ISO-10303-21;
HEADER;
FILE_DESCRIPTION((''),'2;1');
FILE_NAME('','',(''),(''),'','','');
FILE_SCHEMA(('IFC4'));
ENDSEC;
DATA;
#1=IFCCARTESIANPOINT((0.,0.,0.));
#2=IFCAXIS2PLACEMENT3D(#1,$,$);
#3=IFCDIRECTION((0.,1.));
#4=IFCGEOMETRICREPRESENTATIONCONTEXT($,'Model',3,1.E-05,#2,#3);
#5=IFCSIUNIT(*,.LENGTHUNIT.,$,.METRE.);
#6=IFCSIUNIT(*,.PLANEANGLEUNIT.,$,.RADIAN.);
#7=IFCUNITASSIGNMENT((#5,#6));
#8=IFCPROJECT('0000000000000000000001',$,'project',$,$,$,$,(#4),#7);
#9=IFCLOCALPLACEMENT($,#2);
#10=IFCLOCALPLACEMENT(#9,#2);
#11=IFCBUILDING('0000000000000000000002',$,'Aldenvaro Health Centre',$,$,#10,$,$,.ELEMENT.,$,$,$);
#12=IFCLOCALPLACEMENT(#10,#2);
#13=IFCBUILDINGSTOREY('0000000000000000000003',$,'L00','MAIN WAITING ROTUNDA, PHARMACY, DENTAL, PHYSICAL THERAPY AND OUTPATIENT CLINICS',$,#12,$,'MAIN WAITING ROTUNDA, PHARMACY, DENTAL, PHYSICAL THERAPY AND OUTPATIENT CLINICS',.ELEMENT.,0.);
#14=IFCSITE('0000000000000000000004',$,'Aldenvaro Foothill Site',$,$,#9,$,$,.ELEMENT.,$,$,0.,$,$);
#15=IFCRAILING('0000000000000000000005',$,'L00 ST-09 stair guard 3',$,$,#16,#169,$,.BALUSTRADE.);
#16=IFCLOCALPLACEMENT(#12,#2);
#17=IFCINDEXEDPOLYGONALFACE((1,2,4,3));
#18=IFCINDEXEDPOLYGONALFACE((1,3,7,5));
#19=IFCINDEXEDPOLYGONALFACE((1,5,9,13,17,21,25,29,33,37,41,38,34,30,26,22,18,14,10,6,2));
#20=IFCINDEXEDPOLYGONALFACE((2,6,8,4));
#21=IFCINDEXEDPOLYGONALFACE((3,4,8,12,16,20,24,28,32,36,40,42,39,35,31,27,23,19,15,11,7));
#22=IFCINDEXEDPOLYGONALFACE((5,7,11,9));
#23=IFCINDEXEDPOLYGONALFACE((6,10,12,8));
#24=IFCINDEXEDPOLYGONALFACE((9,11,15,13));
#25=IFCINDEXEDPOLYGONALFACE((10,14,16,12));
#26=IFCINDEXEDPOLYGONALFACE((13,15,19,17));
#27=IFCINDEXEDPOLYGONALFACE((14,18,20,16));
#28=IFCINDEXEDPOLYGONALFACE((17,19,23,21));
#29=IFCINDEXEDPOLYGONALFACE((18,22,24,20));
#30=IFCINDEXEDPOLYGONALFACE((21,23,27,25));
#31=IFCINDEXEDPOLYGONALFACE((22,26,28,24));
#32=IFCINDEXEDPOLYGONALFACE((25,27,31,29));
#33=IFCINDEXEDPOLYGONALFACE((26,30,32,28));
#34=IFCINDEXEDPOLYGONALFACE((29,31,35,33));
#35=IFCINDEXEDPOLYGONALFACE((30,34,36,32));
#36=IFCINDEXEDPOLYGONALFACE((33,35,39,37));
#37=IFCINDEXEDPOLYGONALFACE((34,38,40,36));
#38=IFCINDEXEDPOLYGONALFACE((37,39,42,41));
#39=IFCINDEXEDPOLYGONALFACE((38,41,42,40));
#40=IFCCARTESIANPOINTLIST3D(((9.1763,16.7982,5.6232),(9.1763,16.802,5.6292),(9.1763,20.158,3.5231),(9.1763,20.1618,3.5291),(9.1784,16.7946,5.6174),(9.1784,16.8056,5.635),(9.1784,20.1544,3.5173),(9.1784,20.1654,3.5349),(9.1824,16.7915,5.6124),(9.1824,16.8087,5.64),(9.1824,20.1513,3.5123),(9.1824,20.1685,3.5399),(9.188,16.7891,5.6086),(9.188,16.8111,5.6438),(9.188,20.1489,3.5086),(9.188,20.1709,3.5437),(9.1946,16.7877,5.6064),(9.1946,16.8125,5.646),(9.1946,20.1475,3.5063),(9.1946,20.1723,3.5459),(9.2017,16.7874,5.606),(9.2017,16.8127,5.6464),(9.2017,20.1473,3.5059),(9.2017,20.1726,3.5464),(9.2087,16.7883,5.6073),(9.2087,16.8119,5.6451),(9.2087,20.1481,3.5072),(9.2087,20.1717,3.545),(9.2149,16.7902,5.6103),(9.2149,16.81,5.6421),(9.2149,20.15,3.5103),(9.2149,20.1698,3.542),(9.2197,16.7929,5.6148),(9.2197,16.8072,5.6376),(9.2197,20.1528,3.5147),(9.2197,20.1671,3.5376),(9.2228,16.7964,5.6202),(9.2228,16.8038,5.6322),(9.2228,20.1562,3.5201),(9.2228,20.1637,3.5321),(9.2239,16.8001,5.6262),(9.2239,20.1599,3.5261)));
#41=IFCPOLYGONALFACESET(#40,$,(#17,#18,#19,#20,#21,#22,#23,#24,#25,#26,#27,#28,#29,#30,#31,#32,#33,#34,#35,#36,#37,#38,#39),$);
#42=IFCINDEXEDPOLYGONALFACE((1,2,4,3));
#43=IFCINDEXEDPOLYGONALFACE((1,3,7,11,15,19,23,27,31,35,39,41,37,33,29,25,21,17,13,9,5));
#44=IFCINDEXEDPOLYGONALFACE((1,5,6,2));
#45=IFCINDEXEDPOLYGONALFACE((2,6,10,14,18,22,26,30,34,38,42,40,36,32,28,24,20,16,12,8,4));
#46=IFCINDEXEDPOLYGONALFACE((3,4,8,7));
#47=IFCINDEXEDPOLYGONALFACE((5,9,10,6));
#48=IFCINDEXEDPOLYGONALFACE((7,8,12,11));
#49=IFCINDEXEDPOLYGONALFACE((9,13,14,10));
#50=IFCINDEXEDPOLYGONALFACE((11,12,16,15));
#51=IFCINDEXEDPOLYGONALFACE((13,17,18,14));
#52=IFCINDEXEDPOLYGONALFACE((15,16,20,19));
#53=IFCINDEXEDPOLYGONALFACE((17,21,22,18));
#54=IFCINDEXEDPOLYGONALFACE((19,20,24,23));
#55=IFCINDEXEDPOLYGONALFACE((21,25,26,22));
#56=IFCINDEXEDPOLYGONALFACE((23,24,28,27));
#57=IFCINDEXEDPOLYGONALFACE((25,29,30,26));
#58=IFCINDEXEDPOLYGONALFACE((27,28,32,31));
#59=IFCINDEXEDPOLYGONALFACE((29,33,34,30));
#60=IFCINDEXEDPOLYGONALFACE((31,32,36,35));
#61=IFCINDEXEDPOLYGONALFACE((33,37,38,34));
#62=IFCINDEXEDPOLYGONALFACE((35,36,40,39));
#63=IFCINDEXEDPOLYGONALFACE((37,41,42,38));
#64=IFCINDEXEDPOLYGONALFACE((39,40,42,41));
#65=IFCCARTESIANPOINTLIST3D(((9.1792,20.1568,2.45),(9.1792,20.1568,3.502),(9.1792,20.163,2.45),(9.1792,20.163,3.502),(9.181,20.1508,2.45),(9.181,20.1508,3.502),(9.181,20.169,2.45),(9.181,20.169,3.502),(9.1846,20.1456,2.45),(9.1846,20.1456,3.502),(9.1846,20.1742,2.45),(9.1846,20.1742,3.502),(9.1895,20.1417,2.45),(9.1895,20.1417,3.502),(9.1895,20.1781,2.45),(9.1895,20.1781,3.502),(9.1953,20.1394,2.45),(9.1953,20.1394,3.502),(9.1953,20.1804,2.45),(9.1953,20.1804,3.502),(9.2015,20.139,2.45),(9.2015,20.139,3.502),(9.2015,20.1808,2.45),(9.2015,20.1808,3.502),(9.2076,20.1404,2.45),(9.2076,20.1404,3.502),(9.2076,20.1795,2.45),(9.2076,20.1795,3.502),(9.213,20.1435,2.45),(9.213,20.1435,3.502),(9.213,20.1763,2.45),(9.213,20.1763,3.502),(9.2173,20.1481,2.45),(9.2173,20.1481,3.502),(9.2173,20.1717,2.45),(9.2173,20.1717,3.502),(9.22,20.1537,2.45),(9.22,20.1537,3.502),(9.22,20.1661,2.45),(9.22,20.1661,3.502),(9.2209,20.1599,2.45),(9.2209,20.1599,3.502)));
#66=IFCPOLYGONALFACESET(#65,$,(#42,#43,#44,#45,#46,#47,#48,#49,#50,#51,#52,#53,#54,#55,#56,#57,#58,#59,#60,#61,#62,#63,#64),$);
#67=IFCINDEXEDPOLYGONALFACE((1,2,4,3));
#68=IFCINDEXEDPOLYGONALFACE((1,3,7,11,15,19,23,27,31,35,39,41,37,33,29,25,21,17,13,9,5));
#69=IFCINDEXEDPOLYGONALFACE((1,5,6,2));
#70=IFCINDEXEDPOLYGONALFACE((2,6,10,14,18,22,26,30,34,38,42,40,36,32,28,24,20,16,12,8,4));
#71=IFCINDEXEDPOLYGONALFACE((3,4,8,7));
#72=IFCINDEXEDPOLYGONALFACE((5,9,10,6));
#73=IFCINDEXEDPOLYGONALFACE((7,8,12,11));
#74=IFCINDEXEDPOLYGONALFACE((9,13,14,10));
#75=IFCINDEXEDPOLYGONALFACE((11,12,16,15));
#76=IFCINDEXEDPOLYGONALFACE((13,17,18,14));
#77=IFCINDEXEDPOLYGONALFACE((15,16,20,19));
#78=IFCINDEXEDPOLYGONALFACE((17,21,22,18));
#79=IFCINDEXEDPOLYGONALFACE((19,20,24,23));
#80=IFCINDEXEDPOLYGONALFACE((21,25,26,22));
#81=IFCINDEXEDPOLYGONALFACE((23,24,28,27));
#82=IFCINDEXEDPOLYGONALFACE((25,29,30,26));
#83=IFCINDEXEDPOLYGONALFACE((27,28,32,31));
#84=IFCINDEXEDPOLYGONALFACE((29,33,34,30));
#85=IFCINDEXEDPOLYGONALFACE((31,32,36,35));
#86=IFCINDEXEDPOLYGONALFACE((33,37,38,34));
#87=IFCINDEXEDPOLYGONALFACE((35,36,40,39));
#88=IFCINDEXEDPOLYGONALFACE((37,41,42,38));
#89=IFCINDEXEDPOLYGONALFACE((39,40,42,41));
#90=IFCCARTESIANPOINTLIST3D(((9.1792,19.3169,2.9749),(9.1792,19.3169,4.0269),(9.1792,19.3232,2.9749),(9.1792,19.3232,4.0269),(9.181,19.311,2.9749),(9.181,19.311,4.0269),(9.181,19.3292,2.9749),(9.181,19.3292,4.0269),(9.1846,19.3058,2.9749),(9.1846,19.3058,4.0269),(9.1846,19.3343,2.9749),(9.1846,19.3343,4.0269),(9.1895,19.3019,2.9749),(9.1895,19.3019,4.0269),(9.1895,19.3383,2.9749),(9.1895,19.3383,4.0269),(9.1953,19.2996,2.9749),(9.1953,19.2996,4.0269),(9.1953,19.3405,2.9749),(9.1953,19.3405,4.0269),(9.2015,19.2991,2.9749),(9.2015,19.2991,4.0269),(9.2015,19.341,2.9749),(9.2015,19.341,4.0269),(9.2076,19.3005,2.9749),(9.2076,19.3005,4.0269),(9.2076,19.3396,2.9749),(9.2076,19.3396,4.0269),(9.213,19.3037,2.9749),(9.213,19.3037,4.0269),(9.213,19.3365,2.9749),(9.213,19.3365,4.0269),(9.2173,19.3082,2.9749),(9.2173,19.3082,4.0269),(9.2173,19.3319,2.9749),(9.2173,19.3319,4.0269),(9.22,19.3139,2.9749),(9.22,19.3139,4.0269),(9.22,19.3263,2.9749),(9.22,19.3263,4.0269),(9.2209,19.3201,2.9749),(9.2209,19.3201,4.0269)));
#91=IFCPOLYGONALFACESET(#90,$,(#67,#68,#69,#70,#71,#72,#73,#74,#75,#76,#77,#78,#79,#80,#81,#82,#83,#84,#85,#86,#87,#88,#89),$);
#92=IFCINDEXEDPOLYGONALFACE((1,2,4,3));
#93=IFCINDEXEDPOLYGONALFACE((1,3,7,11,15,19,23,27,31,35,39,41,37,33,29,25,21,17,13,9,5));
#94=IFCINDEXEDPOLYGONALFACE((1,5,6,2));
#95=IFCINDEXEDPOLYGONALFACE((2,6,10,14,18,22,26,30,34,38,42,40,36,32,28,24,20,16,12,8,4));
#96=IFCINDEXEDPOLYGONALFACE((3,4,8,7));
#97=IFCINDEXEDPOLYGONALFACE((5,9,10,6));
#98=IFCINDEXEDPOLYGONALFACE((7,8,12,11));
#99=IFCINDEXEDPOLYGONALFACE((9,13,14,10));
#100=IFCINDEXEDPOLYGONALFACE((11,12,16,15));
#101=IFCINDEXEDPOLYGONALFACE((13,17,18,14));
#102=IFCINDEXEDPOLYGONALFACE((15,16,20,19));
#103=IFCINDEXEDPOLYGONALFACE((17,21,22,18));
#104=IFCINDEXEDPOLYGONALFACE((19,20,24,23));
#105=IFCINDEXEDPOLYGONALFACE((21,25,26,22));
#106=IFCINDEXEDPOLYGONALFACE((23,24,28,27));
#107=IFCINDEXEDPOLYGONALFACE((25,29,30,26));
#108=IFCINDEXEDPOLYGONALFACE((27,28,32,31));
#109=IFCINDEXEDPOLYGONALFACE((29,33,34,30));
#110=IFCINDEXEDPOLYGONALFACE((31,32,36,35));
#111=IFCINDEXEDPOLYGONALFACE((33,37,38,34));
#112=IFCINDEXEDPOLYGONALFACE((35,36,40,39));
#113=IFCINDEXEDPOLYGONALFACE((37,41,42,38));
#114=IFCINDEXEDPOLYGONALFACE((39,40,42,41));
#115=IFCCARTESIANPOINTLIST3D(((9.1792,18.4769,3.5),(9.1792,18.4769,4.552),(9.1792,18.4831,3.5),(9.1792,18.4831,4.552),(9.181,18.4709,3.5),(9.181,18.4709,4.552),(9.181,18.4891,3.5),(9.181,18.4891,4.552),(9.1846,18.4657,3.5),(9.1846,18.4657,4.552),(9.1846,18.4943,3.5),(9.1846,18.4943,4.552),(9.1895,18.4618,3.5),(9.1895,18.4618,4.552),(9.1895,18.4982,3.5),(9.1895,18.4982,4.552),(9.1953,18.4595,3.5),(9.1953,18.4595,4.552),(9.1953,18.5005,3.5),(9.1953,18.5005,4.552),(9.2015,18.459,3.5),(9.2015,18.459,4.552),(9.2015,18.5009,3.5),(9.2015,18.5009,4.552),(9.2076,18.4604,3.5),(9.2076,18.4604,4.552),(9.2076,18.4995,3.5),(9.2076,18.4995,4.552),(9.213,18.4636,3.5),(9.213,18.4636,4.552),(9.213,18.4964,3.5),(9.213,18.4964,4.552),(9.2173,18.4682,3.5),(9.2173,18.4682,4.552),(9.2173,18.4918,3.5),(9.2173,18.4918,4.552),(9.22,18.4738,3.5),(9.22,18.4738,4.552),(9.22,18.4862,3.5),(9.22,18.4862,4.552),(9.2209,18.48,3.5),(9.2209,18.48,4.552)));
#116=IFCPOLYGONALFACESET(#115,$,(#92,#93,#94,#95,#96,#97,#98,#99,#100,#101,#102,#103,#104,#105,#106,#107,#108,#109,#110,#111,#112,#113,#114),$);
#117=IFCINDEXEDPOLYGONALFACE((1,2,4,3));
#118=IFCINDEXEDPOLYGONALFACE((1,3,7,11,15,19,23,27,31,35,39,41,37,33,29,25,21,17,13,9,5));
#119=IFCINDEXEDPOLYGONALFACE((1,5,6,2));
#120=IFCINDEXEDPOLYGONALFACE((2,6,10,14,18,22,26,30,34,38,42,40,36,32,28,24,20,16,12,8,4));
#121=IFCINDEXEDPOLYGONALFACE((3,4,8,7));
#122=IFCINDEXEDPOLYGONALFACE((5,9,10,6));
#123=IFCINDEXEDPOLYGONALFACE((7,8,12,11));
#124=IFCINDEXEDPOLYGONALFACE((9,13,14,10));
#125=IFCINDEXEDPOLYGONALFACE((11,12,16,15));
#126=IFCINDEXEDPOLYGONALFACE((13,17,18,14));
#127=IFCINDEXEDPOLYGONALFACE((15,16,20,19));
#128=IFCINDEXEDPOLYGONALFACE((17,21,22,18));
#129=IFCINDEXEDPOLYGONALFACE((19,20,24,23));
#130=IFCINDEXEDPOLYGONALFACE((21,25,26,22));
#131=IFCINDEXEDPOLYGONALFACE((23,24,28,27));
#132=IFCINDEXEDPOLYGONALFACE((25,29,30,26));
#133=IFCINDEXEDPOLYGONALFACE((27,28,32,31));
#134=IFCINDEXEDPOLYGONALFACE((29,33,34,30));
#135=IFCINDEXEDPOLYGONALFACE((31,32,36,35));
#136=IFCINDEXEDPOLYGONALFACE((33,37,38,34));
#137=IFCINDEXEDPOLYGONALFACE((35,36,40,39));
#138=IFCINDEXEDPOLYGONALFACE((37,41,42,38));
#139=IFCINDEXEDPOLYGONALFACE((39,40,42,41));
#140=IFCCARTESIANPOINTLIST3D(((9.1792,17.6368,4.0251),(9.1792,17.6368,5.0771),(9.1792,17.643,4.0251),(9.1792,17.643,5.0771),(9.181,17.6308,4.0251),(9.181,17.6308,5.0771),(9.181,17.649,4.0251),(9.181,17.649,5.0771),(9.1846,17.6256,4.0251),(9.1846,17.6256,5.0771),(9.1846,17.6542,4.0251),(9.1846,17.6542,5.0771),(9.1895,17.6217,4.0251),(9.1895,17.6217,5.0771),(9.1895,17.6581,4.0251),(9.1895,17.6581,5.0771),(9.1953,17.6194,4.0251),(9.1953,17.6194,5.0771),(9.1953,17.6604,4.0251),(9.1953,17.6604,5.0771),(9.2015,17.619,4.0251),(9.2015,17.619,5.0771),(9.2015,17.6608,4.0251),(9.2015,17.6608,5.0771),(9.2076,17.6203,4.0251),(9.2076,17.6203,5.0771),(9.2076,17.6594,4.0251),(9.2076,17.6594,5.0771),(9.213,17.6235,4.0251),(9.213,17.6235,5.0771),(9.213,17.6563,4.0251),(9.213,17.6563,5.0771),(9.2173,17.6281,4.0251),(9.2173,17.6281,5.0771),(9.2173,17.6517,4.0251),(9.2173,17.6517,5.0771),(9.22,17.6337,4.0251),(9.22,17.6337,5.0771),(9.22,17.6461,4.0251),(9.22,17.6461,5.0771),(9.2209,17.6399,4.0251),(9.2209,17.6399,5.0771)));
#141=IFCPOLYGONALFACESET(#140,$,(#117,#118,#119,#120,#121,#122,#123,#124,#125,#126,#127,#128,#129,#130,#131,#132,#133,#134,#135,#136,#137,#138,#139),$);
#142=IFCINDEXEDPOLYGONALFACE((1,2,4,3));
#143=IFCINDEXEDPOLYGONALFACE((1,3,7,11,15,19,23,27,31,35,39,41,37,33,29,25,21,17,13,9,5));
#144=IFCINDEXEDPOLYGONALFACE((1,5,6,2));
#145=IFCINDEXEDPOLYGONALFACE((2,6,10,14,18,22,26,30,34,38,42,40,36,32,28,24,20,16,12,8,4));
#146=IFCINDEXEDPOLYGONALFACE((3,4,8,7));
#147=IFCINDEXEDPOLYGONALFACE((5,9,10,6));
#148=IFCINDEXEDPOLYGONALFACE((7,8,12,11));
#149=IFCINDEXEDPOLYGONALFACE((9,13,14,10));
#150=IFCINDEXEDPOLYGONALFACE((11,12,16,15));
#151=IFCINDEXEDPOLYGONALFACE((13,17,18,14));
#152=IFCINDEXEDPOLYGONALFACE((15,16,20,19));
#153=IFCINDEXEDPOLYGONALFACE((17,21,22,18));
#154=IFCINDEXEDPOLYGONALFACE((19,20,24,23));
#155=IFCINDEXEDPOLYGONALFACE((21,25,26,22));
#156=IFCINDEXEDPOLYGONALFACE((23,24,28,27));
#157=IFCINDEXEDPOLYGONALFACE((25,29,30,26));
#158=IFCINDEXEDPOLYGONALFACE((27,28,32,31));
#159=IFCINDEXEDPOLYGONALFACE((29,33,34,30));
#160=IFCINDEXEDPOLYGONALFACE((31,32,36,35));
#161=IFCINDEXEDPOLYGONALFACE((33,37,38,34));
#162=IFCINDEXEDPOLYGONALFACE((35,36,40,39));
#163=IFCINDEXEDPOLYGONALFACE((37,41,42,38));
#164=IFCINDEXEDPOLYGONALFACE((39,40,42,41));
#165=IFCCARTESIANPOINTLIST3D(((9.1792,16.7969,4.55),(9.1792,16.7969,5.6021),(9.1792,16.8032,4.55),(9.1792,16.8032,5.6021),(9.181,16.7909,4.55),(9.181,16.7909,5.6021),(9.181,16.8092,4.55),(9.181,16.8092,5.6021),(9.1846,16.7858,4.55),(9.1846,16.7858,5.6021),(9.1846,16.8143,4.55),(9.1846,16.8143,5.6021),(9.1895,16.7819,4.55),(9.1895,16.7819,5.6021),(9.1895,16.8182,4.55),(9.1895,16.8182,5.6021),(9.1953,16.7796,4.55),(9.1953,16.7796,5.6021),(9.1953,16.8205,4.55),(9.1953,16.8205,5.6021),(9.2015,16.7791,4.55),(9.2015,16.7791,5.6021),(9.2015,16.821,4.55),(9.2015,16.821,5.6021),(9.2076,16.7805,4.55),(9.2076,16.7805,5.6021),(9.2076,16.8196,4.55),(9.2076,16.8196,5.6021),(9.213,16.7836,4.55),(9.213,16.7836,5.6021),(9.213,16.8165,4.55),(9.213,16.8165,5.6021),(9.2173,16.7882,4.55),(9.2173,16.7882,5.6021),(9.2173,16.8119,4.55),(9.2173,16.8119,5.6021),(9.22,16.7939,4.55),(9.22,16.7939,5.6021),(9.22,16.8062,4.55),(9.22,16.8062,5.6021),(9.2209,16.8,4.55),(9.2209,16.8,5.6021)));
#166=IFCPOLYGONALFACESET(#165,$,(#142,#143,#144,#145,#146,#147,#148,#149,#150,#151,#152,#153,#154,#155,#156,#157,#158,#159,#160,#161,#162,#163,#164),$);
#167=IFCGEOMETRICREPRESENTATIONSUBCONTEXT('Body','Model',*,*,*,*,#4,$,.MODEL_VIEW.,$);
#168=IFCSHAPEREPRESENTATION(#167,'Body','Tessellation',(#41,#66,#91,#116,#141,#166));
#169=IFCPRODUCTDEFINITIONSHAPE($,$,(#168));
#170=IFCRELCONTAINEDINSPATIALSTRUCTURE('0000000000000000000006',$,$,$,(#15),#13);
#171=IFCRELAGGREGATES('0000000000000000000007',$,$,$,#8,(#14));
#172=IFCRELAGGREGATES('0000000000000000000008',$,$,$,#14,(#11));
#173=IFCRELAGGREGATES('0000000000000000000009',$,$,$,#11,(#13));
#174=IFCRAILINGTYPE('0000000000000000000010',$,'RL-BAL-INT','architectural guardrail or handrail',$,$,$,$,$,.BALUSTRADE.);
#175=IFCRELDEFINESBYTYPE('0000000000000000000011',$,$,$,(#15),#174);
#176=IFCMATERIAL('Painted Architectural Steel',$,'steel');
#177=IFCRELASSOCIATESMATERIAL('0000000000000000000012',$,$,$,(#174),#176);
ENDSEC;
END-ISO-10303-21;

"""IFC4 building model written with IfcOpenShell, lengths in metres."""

from ifc_helpers import new_model, si_unit, direction, frame, origin, origin_2d, place, context, subcontext, project, spatial, circle, extrude, material, type_object, element, save


model = new_model("IFC4")

# Units and contexts
model_context = context("Model", 3, precision=1e-05, world=origin(), true_north=direction((0.0, 1.0)))
body_context = subcontext(model_context, "Body", "Model", "MODEL_VIEW")
ifc_project = project(units=[si_unit("LENGTHUNIT", "METRE"), si_unit("PLANEANGLEUNIT", "RADIAN")], contexts=[model_context])

# Site, building, storey
site_placement = place(None, origin())
site = spatial("IfcSite", under=ifc_project, at=site_placement, Name="Aldenvaro Foothill Site", CompositionType="ELEMENT", RefElevation=0.0)
building_placement = place(site_placement, origin())
building = spatial("IfcBuilding", under=site, at=building_placement, Name="Aldenvaro Health Centre", CompositionType="ELEMENT")
storey_placement = place(building_placement, origin())
storey = spatial("IfcBuildingStorey", under=building, at=storey_placement, Name="L00", Description="MAIN WAITING ROTUNDA, PHARMACY, DENTAL, PHYSICAL THERAPY AND OUTPATIENT CLINICS", LongName="MAIN WAITING ROTUNDA, PHARMACY, DENTAL, PHYSICAL THERAPY AND OUTPATIENT CLINICS", CompositionType="ELEMENT", Elevation=0.0)

# Railing
ifc_material_1 = material(Name="Painted Architectural Steel", Category="steel")
railing_type_1 = type_object("IfcRailingType", Name="RL-BAL-INT", Description="architectural guardrail or handrail", PredefinedType="BALUSTRADE", material=ifc_material_1)
railing_1_placement = place(storey_placement, frame((9.2, 20.1599, 2.45)))
element("IfcRailing", 1, at=railing_1_placement, inside=storey, type_object=railing_type_1, Name="L00 ST-09 stair guard 3", PredefinedType="BALUSTRADE", context=body_context, shape_type="SweptSolid", body=[
    extrude(circle(Radius=0.0239, at=origin_2d()), frame((0.0, 0.0, 1.0762), z_axis=(0.0, -0.847978, 0.530032), x_axis=(1.0, 0.0, 0.0)), (0.0, 0.0, 1.0), 3.9622),
    extrude(circle(Radius=0.021, at=origin_2d()), origin(), (0.0, 0.0, 1.0), 1.052),
    extrude(circle(Radius=0.021, at=origin_2d()), frame((0.0, -0.8398, 0.5249)), (0.0, 0.0, 1.0), 1.052),
    extrude(circle(Radius=0.021, at=origin_2d()), frame((0.0, -1.6799, 1.05)), (0.0, 0.0, 1.0), 1.052),
    extrude(circle(Radius=0.021, at=origin_2d()), frame((0.0, -2.52, 1.5752)), (0.0, 0.0, 1.0), 1.052),
    extrude(circle(Radius=0.021, at=origin_2d()), frame((0.0, -3.3599, 2.1001)), (0.0, 0.0, 1.0), 1.052),
])

save(model, "model.ifc")
